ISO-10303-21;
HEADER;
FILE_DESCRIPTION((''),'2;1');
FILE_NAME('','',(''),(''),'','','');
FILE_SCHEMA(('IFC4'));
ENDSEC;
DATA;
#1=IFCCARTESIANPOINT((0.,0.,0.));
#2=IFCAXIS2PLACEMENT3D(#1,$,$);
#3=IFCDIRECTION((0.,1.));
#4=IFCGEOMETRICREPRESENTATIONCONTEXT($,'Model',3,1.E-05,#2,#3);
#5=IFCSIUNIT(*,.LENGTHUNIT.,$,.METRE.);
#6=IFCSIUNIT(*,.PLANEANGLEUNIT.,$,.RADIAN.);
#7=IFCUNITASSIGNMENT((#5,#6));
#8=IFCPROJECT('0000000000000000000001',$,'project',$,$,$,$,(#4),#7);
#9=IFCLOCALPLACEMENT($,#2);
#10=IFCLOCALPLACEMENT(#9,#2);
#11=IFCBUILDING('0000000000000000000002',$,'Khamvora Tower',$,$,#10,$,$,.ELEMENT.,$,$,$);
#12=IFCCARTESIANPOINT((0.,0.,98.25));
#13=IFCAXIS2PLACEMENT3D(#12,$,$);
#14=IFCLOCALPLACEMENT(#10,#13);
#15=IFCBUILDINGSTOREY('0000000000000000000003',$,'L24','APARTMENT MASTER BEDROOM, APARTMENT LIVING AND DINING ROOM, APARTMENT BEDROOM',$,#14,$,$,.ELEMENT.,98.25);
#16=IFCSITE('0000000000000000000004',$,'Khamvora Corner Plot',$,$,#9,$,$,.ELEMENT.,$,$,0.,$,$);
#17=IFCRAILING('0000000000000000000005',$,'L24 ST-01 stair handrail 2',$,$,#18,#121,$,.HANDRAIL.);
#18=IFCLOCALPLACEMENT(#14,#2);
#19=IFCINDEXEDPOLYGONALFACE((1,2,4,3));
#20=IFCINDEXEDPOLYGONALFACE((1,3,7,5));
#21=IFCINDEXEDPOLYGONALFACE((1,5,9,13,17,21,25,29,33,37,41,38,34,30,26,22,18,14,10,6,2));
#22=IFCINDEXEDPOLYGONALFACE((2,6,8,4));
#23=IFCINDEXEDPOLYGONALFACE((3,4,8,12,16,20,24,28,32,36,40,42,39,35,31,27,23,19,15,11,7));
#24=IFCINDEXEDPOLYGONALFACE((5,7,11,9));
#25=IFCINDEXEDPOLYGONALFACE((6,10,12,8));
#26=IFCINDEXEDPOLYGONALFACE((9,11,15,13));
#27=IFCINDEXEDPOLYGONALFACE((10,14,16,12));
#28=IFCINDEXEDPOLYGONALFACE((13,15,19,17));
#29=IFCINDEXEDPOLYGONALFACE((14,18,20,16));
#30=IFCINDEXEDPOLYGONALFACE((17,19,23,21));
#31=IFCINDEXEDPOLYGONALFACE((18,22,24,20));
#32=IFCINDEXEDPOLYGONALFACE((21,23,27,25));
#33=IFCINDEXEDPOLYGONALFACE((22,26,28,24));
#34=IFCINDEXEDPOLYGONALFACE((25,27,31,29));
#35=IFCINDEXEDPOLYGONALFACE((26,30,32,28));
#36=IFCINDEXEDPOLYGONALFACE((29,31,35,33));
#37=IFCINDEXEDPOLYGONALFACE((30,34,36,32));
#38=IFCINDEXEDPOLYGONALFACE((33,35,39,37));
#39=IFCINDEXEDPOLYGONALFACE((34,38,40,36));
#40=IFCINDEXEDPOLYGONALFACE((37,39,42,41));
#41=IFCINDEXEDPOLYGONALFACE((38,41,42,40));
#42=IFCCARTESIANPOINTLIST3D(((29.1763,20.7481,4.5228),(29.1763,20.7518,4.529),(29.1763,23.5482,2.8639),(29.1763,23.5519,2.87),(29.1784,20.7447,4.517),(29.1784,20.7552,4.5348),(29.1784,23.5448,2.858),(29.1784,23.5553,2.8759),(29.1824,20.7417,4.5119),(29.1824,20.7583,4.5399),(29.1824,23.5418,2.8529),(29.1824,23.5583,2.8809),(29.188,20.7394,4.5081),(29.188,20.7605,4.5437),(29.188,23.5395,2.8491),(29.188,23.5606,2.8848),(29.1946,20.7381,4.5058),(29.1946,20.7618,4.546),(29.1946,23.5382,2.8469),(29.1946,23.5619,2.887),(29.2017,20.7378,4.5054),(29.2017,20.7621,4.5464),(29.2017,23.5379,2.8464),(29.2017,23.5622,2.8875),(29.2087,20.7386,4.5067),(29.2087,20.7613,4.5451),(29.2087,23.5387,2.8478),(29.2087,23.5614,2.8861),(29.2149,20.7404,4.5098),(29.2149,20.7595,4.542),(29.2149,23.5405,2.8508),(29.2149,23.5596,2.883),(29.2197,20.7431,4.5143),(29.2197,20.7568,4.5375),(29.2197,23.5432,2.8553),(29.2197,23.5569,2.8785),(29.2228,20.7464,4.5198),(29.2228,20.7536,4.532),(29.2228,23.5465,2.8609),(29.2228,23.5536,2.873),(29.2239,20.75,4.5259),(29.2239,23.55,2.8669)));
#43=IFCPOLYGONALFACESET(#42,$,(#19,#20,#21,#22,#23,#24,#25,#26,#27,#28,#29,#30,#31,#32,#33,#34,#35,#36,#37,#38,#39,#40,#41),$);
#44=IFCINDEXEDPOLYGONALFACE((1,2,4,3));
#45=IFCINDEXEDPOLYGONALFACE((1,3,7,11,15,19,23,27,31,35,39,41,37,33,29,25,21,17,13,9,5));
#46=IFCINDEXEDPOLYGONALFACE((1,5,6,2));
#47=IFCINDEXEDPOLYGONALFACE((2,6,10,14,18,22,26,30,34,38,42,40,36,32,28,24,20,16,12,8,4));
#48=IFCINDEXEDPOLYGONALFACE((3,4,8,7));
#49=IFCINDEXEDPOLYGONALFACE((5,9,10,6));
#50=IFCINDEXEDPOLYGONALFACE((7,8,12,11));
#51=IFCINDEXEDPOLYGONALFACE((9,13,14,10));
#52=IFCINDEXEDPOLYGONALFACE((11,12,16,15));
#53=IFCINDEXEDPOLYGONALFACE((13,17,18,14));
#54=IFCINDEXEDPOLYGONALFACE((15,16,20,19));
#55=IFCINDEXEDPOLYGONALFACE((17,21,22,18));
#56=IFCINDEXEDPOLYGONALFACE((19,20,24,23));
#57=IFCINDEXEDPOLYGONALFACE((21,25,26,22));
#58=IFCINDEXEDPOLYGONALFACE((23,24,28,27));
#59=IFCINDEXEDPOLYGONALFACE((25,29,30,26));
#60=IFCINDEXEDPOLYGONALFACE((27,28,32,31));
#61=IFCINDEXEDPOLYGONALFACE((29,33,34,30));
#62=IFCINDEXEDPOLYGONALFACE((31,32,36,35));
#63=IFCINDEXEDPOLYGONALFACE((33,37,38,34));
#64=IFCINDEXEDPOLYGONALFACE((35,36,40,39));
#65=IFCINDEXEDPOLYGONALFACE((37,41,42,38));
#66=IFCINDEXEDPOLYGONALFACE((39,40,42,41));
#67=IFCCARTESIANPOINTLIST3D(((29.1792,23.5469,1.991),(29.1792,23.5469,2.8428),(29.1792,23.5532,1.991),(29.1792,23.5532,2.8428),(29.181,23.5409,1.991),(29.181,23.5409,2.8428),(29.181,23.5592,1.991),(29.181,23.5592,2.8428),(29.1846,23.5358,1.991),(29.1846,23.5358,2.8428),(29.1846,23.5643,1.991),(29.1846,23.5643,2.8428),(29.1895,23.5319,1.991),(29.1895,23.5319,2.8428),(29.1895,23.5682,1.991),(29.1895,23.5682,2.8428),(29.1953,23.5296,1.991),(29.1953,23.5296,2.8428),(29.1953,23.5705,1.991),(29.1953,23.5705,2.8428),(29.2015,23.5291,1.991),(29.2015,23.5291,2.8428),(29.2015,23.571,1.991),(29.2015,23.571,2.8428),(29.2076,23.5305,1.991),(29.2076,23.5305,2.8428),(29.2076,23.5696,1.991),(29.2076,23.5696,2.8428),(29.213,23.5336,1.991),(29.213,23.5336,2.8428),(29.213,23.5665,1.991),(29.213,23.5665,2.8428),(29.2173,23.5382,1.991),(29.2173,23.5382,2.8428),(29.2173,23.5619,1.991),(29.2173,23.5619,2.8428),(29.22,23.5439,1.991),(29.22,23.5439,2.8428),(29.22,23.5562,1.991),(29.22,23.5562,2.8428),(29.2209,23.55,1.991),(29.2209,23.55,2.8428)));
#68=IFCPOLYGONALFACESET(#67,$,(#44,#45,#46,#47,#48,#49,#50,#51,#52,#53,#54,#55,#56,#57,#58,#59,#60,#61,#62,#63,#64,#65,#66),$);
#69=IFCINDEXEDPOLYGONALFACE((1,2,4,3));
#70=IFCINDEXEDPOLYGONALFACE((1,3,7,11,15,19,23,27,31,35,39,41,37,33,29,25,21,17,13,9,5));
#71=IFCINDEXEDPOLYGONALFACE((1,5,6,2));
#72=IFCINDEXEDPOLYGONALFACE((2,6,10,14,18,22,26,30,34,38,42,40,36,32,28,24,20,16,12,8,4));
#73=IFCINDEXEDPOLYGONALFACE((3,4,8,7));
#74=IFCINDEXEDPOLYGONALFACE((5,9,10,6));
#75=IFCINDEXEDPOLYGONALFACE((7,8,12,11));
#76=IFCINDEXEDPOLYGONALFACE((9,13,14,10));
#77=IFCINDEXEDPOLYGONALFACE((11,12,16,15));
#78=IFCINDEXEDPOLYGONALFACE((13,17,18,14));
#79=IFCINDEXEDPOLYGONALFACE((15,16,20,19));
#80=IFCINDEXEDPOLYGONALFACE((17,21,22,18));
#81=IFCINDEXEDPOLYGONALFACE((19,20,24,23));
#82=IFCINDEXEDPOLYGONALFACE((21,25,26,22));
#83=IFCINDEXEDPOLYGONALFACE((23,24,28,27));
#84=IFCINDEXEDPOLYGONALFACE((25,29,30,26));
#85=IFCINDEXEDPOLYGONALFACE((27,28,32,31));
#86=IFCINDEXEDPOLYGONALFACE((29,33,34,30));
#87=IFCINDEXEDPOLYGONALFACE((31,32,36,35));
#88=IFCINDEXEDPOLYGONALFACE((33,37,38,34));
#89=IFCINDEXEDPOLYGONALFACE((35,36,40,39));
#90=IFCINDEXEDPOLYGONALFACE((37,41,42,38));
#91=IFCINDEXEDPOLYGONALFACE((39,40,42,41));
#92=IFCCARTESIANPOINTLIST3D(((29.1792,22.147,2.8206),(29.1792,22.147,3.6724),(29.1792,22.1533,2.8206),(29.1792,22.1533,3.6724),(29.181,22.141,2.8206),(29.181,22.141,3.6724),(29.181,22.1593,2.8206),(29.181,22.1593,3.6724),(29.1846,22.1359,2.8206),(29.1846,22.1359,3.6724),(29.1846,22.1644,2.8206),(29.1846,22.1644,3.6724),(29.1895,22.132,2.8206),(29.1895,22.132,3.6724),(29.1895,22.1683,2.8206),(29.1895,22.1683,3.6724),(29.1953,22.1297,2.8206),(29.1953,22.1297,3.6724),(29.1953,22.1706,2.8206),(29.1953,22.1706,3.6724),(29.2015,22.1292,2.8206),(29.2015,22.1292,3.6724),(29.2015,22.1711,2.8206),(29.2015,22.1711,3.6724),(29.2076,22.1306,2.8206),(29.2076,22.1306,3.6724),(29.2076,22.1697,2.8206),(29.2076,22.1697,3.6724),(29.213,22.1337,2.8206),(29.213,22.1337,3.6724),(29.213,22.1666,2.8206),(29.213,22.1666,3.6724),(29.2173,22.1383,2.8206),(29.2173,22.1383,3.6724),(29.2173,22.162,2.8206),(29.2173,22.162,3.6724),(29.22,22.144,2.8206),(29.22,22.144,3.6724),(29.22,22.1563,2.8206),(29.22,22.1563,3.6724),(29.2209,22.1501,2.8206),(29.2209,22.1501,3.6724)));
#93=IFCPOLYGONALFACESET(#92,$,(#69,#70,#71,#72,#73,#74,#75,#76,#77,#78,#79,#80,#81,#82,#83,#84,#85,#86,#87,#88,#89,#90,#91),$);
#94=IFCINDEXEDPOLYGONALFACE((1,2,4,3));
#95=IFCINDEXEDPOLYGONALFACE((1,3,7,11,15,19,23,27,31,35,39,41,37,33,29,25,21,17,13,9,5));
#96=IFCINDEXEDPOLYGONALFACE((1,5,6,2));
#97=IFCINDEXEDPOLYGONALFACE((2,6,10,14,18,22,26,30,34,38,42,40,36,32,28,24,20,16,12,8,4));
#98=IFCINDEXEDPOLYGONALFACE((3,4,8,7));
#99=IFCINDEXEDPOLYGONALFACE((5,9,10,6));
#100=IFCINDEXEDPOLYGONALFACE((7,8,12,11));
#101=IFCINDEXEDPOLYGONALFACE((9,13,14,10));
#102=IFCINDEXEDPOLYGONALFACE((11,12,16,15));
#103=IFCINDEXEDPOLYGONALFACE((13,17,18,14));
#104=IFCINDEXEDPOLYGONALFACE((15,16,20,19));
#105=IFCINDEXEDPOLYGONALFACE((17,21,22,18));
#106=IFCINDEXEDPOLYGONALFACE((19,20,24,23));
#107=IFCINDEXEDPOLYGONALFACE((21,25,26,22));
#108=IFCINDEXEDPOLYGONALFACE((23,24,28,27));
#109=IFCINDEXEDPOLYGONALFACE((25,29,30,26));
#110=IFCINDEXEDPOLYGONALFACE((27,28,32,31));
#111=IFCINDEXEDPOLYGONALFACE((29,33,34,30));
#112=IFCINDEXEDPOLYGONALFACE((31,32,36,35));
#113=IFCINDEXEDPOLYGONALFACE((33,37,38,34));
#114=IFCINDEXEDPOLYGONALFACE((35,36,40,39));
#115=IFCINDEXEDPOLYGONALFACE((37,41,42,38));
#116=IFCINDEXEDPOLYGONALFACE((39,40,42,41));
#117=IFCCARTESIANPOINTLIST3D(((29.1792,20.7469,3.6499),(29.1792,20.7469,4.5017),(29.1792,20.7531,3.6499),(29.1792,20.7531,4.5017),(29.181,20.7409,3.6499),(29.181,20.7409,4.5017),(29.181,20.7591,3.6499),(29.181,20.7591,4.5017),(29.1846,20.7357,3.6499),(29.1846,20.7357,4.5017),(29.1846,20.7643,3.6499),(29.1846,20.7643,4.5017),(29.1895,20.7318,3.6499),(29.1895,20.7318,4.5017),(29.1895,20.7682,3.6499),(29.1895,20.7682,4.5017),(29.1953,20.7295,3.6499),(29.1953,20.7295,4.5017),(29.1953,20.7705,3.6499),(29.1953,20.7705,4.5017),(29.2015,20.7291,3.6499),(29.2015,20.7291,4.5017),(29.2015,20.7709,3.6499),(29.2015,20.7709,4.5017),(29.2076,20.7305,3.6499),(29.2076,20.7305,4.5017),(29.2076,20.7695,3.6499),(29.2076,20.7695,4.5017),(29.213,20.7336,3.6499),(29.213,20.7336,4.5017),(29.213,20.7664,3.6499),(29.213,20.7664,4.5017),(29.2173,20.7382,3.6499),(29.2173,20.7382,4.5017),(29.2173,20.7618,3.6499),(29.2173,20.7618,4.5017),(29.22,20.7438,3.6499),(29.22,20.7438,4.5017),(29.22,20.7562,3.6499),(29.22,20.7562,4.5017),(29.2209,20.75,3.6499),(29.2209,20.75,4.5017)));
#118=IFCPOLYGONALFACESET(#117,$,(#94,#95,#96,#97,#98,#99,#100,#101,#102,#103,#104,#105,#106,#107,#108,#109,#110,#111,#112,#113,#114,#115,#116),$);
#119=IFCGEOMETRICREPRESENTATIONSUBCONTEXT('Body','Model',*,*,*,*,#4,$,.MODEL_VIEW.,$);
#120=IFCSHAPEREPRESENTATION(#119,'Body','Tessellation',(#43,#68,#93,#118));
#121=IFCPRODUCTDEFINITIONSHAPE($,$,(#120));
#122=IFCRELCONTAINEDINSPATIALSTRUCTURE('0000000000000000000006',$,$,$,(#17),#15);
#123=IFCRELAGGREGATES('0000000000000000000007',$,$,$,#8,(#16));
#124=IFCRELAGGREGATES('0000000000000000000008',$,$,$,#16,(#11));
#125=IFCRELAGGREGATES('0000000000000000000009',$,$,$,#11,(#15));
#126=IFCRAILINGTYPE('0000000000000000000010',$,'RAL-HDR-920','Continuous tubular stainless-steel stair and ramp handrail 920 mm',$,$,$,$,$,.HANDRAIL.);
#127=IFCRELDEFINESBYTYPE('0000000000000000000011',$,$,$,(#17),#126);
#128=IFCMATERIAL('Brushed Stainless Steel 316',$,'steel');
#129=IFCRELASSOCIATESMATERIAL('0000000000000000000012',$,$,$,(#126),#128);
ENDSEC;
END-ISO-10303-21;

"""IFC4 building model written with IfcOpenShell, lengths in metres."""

from ifc_helpers import new_model, si_unit, direction, frame, origin, origin_2d, place, context, subcontext, project, spatial, circle, extrude, material, type_object, element, save


model = new_model("IFC4")

# Units and contexts
model_context = context("Model", 3, precision=1e-05, world=origin(), true_north=direction((0.0, 1.0)))
body_context = subcontext(model_context, "Body", "Model", "MODEL_VIEW")
ifc_project = project(units=[si_unit("LENGTHUNIT", "METRE"), si_unit("PLANEANGLEUNIT", "RADIAN")], contexts=[model_context])

# Site, building, storey
site_placement = place(None, origin())
site = spatial("IfcSite", under=ifc_project, at=site_placement, Name="Khamvora Corner Plot", CompositionType="ELEMENT", RefElevation=0.0)
building_placement = place(site_placement, origin())
building = spatial("IfcBuilding", under=site, at=building_placement, Name="Khamvora Tower", CompositionType="ELEMENT")
storey_placement = place(building_placement, frame((0.0, 0.0, 98.25)))
storey = spatial("IfcBuildingStorey", under=building, at=storey_placement, Name="L24", Description="APARTMENT MASTER BEDROOM, APARTMENT LIVING AND DINING ROOM, APARTMENT BEDROOM", CompositionType="ELEMENT", Elevation=98.25)

# Railing
ifc_material_1 = material(Name="Brushed Stainless Steel 316", Category="steel")
railing_type_1 = type_object("IfcRailingType", Name="RAL-HDR-920", Description="Continuous tubular stainless-steel stair and ramp handrail 920 mm", PredefinedType="HANDRAIL", material=ifc_material_1)
railing_1_placement = place(storey_placement, frame((29.2, 23.55, 1.991)))
element("IfcRailing", 1, at=railing_1_placement, inside=storey, type_object=railing_type_1, Name="L24 ST-01 stair handrail 2", PredefinedType="HANDRAIL", context=body_context, shape_type="SweptSolid", body=[
    extrude(circle(Radius=0.0239, at=origin_2d()), frame((0.0, 0.0, 0.876), z_axis=(0.0, -0.860339, 0.509722), x_axis=(1.0, 0.0, 0.0)), (0.0, 0.0, 1.0), 3.2546),
    extrude(circle(Radius=0.021, at=origin_2d()), origin(), (0.0, 0.0, 1.0), 0.8518),
    extrude(circle(Radius=0.021, at=origin_2d()), frame((0.0, -1.3999, 0.8296)), (0.0, 0.0, 1.0), 0.8518),
    extrude(circle(Radius=0.021, at=origin_2d()), frame((0.0, -2.8, 1.6589)), (0.0, 0.0, 1.0), 0.8518),
])

save(model, "model.ifc")
